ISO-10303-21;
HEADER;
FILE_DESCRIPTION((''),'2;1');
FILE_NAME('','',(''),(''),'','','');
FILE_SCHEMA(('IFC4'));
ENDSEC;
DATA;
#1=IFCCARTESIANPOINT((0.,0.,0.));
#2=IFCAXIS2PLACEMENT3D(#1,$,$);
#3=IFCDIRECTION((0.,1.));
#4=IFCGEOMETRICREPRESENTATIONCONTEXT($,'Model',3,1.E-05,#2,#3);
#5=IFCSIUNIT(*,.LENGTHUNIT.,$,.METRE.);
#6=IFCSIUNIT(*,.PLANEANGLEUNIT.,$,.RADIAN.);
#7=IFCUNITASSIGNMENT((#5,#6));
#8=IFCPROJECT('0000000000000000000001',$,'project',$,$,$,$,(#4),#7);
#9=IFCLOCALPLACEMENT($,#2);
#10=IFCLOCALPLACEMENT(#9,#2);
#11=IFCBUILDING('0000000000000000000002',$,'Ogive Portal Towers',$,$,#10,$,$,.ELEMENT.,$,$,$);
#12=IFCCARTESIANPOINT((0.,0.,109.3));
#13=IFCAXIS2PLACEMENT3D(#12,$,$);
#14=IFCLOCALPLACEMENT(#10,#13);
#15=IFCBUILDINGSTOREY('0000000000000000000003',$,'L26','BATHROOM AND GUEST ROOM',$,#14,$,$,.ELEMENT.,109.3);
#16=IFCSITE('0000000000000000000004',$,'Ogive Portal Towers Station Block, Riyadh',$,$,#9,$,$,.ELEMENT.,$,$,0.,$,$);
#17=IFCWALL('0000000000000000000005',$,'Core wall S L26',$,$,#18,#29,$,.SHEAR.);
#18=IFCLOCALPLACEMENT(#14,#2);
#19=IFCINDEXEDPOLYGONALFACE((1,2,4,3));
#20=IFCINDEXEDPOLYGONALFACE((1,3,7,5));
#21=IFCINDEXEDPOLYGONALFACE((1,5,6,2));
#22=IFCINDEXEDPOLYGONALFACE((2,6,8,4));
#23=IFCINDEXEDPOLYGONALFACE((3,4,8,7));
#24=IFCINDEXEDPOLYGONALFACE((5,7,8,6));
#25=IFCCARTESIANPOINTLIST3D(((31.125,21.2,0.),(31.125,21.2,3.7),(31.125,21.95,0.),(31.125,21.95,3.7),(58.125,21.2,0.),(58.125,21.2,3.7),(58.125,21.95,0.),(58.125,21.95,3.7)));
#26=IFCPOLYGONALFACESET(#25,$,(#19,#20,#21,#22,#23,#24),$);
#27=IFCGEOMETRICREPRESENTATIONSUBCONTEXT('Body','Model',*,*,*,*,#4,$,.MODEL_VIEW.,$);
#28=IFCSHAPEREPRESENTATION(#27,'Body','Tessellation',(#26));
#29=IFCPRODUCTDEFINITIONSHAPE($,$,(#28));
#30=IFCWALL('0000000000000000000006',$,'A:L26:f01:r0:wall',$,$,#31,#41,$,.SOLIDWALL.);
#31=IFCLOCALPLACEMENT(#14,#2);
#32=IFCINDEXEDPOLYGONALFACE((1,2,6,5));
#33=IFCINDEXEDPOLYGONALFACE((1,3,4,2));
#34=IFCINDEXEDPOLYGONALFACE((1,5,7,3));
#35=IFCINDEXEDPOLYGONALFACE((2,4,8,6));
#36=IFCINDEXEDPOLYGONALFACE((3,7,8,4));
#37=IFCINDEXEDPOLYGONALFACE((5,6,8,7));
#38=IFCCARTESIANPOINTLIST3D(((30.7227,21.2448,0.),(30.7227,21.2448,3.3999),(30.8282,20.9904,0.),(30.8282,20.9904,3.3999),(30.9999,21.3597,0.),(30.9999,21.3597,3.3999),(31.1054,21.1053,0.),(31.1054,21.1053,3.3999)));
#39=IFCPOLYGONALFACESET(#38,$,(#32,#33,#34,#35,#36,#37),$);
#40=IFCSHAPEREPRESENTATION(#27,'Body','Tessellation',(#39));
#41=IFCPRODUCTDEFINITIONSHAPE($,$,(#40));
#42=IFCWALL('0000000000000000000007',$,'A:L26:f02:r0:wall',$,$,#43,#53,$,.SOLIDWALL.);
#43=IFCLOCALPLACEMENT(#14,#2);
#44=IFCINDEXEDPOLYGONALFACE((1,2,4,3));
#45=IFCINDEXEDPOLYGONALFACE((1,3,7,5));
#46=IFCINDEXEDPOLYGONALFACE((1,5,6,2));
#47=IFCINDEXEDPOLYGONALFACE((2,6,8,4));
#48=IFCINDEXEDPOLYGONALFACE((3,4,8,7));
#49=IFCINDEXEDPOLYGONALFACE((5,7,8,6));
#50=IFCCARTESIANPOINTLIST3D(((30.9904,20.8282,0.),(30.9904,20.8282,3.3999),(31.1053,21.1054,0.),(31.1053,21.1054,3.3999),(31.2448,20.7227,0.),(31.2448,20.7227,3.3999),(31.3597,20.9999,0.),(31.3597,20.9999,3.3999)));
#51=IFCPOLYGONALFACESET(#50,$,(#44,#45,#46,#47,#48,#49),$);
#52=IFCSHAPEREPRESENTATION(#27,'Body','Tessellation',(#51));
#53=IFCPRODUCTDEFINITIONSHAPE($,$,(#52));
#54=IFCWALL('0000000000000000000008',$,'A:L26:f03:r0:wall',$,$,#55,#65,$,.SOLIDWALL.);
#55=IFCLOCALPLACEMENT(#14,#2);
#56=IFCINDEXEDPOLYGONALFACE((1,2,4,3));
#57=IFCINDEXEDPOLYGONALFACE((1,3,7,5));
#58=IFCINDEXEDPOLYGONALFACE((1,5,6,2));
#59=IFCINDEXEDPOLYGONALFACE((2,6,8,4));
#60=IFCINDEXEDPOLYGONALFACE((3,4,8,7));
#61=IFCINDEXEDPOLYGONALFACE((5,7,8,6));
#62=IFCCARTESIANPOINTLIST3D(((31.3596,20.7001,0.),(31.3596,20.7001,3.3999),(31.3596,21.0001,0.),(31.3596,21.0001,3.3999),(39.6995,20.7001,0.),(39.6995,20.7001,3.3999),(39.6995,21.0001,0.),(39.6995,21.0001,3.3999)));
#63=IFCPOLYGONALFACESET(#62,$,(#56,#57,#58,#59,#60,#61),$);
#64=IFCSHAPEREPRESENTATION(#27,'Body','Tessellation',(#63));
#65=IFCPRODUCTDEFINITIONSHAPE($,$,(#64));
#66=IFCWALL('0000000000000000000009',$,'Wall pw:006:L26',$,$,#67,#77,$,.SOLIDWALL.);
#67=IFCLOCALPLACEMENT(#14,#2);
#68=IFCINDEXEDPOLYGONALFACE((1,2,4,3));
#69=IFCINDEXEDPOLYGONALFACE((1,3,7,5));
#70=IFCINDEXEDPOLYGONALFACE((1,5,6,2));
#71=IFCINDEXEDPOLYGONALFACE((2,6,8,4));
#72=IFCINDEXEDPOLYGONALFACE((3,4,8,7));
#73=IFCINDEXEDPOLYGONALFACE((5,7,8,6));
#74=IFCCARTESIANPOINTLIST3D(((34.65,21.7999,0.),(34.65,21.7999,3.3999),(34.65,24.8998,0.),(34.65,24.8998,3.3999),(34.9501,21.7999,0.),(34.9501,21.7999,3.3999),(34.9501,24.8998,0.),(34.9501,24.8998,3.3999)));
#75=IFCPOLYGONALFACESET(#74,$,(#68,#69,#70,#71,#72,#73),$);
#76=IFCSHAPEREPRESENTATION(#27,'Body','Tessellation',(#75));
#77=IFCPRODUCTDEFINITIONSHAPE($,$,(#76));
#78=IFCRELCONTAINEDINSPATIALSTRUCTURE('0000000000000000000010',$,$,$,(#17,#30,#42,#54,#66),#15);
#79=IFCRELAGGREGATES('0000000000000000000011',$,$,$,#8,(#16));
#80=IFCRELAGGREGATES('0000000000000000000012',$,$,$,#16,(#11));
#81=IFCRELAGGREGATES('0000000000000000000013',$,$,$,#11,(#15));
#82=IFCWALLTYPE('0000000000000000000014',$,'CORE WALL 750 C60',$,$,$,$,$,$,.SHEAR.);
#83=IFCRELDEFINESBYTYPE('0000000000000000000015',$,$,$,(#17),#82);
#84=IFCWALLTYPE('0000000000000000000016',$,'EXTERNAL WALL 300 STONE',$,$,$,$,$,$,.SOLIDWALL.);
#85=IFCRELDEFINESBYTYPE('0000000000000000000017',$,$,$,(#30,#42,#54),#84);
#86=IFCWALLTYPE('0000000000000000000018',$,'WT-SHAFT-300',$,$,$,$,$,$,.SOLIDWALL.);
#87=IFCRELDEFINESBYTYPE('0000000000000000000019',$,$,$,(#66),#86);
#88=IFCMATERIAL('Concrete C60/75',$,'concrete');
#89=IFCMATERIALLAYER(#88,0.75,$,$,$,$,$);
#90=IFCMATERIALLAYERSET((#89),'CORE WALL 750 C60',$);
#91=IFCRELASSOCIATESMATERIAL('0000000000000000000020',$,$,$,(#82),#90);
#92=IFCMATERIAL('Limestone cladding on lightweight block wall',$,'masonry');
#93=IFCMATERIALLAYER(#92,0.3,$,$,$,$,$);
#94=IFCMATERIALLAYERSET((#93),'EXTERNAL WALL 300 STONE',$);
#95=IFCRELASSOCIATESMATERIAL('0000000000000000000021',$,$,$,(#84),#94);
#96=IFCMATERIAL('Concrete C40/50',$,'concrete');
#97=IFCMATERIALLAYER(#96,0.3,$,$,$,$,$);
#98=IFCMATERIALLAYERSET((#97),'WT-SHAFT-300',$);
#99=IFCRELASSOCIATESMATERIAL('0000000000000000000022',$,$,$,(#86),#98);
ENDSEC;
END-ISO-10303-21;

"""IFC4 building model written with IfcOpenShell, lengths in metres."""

from ifc_helpers import new_model, si_unit, direction, frame, frame_2d, origin, place, context, subcontext, project, spatial, rectangle, extrude, material, layer, layer_set, type_object, element, save


model = new_model("IFC4")

# Units and contexts
model_context = context("Model", 3, precision=1e-05, world=origin(), true_north=direction((0.0, 1.0)))
body_context = subcontext(model_context, "Body", "Model", "MODEL_VIEW")
ifc_project = project(units=[si_unit("LENGTHUNIT", "METRE"), si_unit("PLANEANGLEUNIT", "RADIAN")], contexts=[model_context])

# Site, building, storey
site_placement = place(None, origin())
site = spatial("IfcSite", under=ifc_project, at=site_placement, Name="Ogive Portal Towers Station Block, Riyadh", CompositionType="ELEMENT", RefElevation=0.0)
building_placement = place(site_placement, origin())
building = spatial("IfcBuilding", under=site, at=building_placement, Name="Ogive Portal Towers", CompositionType="ELEMENT")
storey_placement = place(building_placement, frame((0.0, 0.0, 109.3)))
storey = spatial("IfcBuildingStorey", under=building, at=storey_placement, Name="L26", Description="BATHROOM AND GUEST ROOM", CompositionType="ELEMENT", Elevation=109.3)

# Shared definitions
ifc_material_1 = material(Name="Concrete C40/50", Category="concrete")

# Walls
ifc_material_2 = material(Name="Concrete C60/75", Category="concrete")
ifc_layer_1 = layer(ifc_material_2, 0.75)
ifc_layer_set_1 = layer_set([ifc_layer_1], Name="CORE WALL 750 C60")
wall_type_1 = type_object("IfcWallType", Name="CORE WALL 750 C60", PredefinedType="SHEAR", material=ifc_layer_set_1)
wall_1_placement = place(storey_placement, frame((31.125, 21.575, 0.0), z_axis=(0.0, 0.0, 1.0), x_axis=(1.0, 0.0, 0.0)))
element("IfcWall", 1, at=wall_1_placement, inside=storey, type_object=wall_type_1, Name="Core wall S L26", PredefinedType="SHEAR", context=body_context, shape_type="SweptSolid", body=[
    extrude(rectangle(XDim=27.0, YDim=0.75, at=frame_2d((13.5, 0.0))), origin(), (0.0, 0.0, 1.0), 3.7),
])
ifc_material_3 = material(Name="Limestone cladding on lightweight block wall", Category="masonry")
ifc_layer_2 = layer(ifc_material_3, 0.3)
ifc_layer_set_2 = layer_set([ifc_layer_2], Name="EXTERNAL WALL 300 STONE")
wall_type_2 = type_object("IfcWallType", Name="EXTERNAL WALL 300 STONE", PredefinedType="SOLIDWALL", material=ifc_layer_set_2)
for number, where, z_axis, x_axis, name in (
    (2, (30.8613, 21.3022, 0.0), (0.0, 0.0, 1.0), (0.382978, -0.923757, 0.0), "A:L26:f01:r0:wall"),
    (3, (31.0479, 20.9668, 0.0), (0.0, 0.0, 1.0), (0.923757, -0.382978, 0.0), "A:L26:f02:r0:wall"),
):
    element("IfcWall", number, at=place(storey_placement, frame(where, z_axis=z_axis, x_axis=x_axis)), inside=storey, type_object=wall_type_2, Name=name, PredefinedType="SOLIDWALL", context=body_context, shape_type="SweptSolid", body=[
        extrude(rectangle(XDim=0.2754, YDim=0.3, at=frame_2d((0.1377, 0.0))), origin(), (0.0, 0.0, 1.0), 3.3999),
    ])
wall_2_placement = place(storey_placement, frame((31.3596, 20.8501, 0.0), z_axis=(0.0, 0.0, 1.0), x_axis=(1.0, 0.0, 0.0)))
element("IfcWall", 4, at=wall_2_placement, inside=storey, type_object=wall_type_2, Name="A:L26:f03:r0:wall", PredefinedType="SOLIDWALL", context=body_context, shape_type="SweptSolid", body=[
    extrude(rectangle(XDim=8.3398, YDim=0.3, at=frame_2d((4.1699, 0.0))), origin(), (0.0, 0.0, 1.0), 3.3999),
])

# Shared definitions
ifc_layer_3 = layer(ifc_material_1, 0.3)
ifc_layer_set_3 = layer_set([ifc_layer_3], Name="WT-SHAFT-300")
wall_type_3 = type_object("IfcWallType", Name="WT-SHAFT-300", PredefinedType="SOLIDWALL", material=ifc_layer_set_3)

# Wall
wall_3_placement = place(storey_placement, frame((34.8, 21.8, 0.0), z_axis=(0.0, 0.0, 1.0), x_axis=(0.0, 1.0, 0.0)))
element("IfcWall", 5, at=wall_3_placement, inside=storey, type_object=wall_type_3, Name="Wall pw:006:L26", PredefinedType="SOLIDWALL", context=body_context, shape_type="SweptSolid", body=[
    extrude(rectangle(XDim=3.0999, YDim=0.3, at=frame_2d((1.5498, 0.0))), origin(), (0.0, 0.0, 1.0), 3.3999),
])

save(model, "model.ifc")
